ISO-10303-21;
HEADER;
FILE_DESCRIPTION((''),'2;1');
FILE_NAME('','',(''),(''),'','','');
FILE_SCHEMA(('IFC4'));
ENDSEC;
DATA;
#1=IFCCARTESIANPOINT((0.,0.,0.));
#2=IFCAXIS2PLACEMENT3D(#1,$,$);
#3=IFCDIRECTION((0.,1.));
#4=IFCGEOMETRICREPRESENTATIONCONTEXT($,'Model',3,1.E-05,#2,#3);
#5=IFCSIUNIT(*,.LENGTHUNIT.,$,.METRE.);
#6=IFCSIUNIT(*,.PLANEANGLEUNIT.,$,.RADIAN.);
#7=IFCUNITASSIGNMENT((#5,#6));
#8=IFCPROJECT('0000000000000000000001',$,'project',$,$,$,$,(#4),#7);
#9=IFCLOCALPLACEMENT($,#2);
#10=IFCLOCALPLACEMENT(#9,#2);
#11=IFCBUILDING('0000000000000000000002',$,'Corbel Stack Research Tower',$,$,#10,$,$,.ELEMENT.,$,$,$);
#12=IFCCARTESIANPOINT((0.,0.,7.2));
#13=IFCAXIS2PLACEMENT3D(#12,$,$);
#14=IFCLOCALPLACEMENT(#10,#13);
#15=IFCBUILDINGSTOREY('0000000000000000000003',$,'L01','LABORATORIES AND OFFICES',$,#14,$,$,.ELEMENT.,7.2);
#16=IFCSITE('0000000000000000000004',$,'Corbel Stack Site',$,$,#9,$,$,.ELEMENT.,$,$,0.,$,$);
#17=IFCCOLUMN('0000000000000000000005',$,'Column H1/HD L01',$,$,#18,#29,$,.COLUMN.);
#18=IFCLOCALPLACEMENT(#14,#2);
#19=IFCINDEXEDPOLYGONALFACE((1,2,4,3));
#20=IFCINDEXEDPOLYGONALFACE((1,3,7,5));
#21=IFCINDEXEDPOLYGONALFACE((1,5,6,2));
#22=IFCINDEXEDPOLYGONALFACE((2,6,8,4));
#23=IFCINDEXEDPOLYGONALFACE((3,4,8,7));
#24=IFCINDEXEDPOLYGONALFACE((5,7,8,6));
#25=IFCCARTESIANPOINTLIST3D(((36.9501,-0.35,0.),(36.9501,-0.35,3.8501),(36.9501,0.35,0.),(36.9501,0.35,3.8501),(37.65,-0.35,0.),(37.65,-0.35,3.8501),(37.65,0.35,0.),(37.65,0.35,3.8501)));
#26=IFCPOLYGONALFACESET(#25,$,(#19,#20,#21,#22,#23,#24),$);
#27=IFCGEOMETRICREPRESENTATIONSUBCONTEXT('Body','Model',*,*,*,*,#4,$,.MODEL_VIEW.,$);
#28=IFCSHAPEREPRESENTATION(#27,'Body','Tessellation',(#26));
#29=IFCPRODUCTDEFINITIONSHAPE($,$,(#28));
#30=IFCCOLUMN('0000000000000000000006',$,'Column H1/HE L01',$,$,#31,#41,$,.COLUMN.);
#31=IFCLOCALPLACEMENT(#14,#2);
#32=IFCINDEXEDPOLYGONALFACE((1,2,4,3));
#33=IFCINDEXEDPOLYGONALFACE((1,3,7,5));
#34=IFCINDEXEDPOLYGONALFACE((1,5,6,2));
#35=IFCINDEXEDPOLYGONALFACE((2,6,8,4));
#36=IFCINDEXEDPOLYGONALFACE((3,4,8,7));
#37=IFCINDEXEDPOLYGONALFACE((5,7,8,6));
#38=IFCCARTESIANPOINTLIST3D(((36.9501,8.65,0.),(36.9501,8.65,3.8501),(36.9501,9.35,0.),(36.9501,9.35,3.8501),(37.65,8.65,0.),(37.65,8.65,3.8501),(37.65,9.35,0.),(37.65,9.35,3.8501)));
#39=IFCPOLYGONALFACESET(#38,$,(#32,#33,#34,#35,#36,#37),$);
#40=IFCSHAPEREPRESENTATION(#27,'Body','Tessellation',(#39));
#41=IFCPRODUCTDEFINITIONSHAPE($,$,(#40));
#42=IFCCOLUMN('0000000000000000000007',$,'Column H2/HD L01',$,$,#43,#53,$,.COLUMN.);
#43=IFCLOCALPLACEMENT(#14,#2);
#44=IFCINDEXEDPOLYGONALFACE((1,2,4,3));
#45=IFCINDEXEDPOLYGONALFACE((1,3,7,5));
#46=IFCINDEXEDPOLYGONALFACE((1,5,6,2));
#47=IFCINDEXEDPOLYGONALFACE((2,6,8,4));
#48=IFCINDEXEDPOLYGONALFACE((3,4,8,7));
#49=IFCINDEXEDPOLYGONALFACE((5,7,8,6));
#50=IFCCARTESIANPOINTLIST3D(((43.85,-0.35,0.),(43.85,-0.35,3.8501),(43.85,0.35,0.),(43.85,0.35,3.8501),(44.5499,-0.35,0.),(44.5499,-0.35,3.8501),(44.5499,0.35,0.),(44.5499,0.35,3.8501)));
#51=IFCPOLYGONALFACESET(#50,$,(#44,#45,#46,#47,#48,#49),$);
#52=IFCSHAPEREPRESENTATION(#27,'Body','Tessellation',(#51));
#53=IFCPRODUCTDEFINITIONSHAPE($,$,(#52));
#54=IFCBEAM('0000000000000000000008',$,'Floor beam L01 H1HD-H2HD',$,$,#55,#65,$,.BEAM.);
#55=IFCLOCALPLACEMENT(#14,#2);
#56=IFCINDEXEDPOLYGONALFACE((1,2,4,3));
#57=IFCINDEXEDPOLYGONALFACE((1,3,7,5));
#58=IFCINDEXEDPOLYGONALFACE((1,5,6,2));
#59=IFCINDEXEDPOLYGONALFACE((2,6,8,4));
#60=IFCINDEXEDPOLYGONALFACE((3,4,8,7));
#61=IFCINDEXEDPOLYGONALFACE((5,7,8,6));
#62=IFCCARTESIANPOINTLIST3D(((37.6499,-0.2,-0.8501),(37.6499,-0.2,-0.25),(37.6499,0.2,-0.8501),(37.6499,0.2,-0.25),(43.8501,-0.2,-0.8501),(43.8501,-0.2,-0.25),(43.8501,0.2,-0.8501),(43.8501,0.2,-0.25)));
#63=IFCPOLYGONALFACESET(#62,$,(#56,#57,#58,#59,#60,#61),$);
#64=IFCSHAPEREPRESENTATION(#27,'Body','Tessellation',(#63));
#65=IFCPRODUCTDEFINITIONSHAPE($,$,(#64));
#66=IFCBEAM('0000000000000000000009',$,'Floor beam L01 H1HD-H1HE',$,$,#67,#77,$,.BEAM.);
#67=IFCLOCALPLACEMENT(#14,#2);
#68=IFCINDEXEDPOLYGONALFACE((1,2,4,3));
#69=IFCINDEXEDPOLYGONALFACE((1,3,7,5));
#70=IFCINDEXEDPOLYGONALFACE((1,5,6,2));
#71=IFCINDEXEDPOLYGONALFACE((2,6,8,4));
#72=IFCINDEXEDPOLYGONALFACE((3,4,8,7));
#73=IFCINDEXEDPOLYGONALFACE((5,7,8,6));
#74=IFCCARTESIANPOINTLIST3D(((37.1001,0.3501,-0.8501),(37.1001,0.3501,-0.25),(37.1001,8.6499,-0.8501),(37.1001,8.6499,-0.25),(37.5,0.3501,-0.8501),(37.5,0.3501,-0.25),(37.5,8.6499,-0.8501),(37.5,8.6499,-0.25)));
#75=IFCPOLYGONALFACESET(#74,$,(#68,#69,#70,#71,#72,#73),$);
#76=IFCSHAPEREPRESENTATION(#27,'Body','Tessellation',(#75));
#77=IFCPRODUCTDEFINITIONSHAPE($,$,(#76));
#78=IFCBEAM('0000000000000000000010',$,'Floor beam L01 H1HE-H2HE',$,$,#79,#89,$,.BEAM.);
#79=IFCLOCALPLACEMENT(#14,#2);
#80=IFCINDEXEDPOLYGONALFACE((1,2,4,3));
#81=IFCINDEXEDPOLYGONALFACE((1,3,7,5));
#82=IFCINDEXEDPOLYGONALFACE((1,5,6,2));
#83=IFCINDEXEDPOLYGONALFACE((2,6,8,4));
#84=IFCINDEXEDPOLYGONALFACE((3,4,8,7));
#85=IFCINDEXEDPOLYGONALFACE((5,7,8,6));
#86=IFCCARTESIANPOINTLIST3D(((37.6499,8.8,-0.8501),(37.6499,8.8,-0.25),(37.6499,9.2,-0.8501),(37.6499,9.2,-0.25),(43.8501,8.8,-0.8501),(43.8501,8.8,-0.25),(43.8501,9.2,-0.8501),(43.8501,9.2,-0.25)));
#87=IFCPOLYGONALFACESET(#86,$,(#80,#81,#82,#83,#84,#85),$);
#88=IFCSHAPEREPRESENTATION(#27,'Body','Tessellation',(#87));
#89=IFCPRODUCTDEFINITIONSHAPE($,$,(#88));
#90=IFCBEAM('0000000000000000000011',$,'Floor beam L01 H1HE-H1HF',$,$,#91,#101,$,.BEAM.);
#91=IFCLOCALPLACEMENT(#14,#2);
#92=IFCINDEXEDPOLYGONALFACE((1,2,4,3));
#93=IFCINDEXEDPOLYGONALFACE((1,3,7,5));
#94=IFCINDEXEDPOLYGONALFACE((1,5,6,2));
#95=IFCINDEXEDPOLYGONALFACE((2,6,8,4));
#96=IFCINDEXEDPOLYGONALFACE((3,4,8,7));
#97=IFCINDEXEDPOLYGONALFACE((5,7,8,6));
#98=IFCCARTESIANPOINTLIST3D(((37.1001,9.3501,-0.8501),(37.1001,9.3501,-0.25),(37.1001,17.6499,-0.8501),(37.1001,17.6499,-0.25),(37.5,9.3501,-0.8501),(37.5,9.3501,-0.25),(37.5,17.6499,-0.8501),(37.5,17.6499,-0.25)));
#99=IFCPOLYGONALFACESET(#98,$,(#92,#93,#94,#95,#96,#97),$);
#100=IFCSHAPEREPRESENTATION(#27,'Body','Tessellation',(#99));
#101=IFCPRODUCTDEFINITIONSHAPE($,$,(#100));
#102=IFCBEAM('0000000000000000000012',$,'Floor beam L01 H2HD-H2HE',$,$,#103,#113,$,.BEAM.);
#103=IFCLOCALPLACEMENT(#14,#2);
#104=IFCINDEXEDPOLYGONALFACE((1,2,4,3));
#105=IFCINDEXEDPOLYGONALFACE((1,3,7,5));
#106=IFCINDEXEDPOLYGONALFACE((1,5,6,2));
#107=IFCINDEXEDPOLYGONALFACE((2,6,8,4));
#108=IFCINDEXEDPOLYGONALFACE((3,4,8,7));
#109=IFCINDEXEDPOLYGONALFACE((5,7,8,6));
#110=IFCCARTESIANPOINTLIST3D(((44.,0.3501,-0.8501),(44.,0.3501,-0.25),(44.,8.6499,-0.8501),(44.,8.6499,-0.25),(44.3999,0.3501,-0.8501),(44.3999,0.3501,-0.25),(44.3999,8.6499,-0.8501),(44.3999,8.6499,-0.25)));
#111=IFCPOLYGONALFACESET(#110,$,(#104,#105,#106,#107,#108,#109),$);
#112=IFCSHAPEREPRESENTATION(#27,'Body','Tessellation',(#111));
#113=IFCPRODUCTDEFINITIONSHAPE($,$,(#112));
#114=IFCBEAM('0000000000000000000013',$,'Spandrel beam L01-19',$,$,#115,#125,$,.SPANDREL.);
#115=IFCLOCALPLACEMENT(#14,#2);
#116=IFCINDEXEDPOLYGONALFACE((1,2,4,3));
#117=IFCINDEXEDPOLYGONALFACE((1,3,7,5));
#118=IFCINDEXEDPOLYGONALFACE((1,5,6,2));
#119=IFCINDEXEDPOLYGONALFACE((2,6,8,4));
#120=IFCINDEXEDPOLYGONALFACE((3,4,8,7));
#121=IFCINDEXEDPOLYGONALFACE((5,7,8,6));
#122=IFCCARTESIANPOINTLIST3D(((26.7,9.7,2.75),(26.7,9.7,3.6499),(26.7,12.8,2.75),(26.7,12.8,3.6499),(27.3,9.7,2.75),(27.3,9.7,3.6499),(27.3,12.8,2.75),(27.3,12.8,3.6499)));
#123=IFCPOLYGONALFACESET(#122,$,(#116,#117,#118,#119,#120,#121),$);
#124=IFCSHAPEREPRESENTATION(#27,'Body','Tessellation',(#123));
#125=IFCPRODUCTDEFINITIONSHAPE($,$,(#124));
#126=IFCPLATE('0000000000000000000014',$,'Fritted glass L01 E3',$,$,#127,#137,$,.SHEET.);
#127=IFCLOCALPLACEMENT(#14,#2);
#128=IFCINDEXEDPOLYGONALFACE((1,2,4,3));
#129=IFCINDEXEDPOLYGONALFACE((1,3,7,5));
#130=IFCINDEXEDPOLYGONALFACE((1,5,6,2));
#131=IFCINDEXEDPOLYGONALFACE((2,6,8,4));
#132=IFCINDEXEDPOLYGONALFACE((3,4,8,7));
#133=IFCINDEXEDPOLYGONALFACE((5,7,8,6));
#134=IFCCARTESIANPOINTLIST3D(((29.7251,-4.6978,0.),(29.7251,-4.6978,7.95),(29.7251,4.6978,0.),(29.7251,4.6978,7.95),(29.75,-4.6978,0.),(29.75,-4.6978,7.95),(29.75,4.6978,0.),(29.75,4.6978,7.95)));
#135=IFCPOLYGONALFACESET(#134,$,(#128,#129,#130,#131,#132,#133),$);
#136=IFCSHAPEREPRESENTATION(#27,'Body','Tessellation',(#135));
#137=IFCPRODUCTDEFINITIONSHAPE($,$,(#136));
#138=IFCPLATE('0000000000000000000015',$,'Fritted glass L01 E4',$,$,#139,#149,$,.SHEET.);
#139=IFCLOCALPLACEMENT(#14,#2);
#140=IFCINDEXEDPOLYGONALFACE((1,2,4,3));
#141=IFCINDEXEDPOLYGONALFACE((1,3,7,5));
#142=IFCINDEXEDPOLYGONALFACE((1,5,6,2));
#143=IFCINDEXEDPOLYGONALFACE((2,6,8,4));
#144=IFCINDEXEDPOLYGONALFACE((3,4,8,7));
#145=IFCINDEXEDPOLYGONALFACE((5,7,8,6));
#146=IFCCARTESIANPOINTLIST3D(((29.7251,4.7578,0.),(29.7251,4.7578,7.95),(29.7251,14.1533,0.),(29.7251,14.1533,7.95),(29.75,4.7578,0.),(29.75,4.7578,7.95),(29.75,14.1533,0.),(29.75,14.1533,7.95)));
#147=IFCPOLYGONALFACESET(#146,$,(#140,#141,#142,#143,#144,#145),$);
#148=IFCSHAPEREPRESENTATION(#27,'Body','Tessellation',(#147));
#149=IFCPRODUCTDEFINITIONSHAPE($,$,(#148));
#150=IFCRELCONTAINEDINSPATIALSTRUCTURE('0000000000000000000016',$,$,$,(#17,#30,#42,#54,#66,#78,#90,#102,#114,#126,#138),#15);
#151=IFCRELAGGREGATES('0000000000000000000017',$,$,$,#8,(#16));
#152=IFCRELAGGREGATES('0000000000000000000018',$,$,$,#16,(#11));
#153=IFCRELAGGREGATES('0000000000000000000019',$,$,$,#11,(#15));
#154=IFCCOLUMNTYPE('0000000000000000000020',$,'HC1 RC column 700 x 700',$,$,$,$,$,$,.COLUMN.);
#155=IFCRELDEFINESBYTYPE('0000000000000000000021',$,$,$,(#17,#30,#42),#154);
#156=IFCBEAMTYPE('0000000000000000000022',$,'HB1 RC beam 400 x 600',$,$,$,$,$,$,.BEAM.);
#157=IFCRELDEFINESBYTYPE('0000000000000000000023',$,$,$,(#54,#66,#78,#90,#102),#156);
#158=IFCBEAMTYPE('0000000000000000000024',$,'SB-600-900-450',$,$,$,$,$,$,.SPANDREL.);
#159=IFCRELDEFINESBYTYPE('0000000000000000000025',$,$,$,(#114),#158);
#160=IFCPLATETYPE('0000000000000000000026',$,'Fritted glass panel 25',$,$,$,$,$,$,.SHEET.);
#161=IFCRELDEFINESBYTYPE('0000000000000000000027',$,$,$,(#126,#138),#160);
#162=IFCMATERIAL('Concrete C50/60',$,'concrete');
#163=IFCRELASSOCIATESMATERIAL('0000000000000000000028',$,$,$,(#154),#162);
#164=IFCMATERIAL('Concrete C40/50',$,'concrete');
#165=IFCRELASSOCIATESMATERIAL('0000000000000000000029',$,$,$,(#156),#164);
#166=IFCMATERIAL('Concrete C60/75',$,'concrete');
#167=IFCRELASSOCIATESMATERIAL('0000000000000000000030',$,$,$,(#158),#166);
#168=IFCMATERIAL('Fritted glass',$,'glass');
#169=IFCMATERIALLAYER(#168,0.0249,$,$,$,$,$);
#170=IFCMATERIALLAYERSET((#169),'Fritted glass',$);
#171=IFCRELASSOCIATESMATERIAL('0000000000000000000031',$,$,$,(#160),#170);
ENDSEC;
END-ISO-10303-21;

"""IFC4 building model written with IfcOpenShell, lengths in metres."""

from ifc_helpers import new_model, si_unit, direction, frame, origin, origin_2d, place, context, subcontext, project, spatial, rectangle, extrude, material, layer, layer_set, material_profile, profile_set, type_object, element, save


model = new_model("IFC4")

# Units and contexts
model_context = context("Model", 3, precision=1e-05, world=origin(), true_north=direction((0.0, 1.0)))
body_context = subcontext(model_context, "Body", "Model", "MODEL_VIEW")
ifc_project = project(units=[si_unit("LENGTHUNIT", "METRE"), si_unit("PLANEANGLEUNIT", "RADIAN")], contexts=[model_context])

# Site, building, storey
site_placement = place(None, origin())
site = spatial("IfcSite", under=ifc_project, at=site_placement, Name="Corbel Stack Site", CompositionType="ELEMENT", RefElevation=0.0)
building_placement = place(site_placement, origin())
building = spatial("IfcBuilding", under=site, at=building_placement, Name="Corbel Stack Research Tower", CompositionType="ELEMENT")
storey_placement = place(building_placement, frame((0.0, 0.0, 7.2)))
storey = spatial("IfcBuildingStorey", under=building, at=storey_placement, Name="L01", Description="LABORATORIES AND OFFICES", CompositionType="ELEMENT", Elevation=7.2)

# Columns
ifc_material_1 = material(Name="Concrete C50/60", Category="concrete")
ifc_material_profile_1 = material_profile(ifc_material_1, rectangle(XDim=0.7, YDim=0.7, at=origin_2d()), Name="RC 700 x 700")
ifc_profile_set_1 = profile_set([ifc_material_profile_1], Name="Concrete C50/60")
column_type = type_object("IfcColumnType", Name="HC1 RC column 700 x 700", PredefinedType="COLUMN", material=ifc_profile_set_1)
for number, where, z_axis, x_axis, name in (
    (1, (37.3, 0.0, 0.0), (0.0, 0.0, 1.0), (1.0, 0.0, 0.0), "Column H1/HD L01"),
    (2, (37.3, 9.0, 0.0), (0.0, 0.0, 1.0), (1.0, 0.0, 0.0), "Column H1/HE L01"),
    (3, (44.2, 0.0, 0.0), (0.0, 0.0, 1.0), (1.0, 0.0, 0.0), "Column H2/HD L01"),
):
    element("IfcColumn", number, at=place(storey_placement, frame(where, z_axis=z_axis, x_axis=x_axis)), inside=storey, type_object=column_type, Name=name, PredefinedType="COLUMN", context=body_context, shape_type="SweptSolid", body=[
        extrude(rectangle(XDim=0.7, YDim=0.7, at=origin_2d()), origin(), (0.0, 0.0, 1.0), 3.8501),
    ])

# Beams
ifc_material_2 = material(Name="Concrete C40/50", Category="concrete")
ifc_material_profile_2 = material_profile(ifc_material_2, rectangle(XDim=0.3999, YDim=0.6001, at=origin_2d()), Name="RC 400 x 600")
ifc_profile_set_2 = profile_set([ifc_material_profile_2], Name="Concrete C40/50")
beam_type_1 = type_object("IfcBeamType", Name="HB1 RC beam 400 x 600", PredefinedType="BEAM", material=ifc_profile_set_2)
beam_1_placement = place(storey_placement, frame((37.6499, 0.0, -0.55), z_axis=(1.0, 0.0, 0.0), x_axis=(0.0, 1.0, 0.0)))
element("IfcBeam", 4, at=beam_1_placement, inside=storey, type_object=beam_type_1, Name="Floor beam L01 H1HD-H2HD", PredefinedType="BEAM", context=body_context, shape_type="SweptSolid", body=[
    extrude(rectangle(XDim=0.3999, YDim=0.6001, at=origin_2d()), origin(), (0.0, 0.0, 1.0), 6.2002),
])
beam_2_placement = place(storey_placement, frame((37.3, 0.3501, -0.55), z_axis=(0.0, 1.0, 0.0), x_axis=(-1.0, 0.0, 0.0)))
element("IfcBeam", 5, at=beam_2_placement, inside=storey, type_object=beam_type_1, Name="Floor beam L01 H1HD-H1HE", PredefinedType="BEAM", context=body_context, shape_type="SweptSolid", body=[
    extrude(rectangle(XDim=0.3999, YDim=0.6001, at=origin_2d()), origin(), (0.0, 0.0, 1.0), 8.2998),
])
beam_3_placement = place(storey_placement, frame((37.6499, 9.0, -0.55), z_axis=(1.0, 0.0, 0.0), x_axis=(0.0, 1.0, 0.0)))
element("IfcBeam", 6, at=beam_3_placement, inside=storey, type_object=beam_type_1, Name="Floor beam L01 H1HE-H2HE", PredefinedType="BEAM", context=body_context, shape_type="SweptSolid", body=[
    extrude(rectangle(XDim=0.3999, YDim=0.6001, at=origin_2d()), origin(), (0.0, 0.0, 1.0), 6.2002),
])
for number, where, z_axis, x_axis, name in (
    (7, (37.3, 9.3501, -0.55), (0.0, 1.0, 0.0), (-1.0, 0.0, 0.0), "Floor beam L01 H1HE-H1HF"),
    (8, (44.2, 0.3501, -0.55), (0.0, 1.0, 0.0), (-1.0, 0.0, 0.0), "Floor beam L01 H2HD-H2HE"),
):
    element("IfcBeam", number, at=place(storey_placement, frame(where, z_axis=z_axis, x_axis=x_axis)), inside=storey, type_object=beam_type_1, Name=name, PredefinedType="BEAM", context=body_context, shape_type="SweptSolid", body=[
        extrude(rectangle(XDim=0.3999, YDim=0.6001, at=origin_2d()), origin(), (0.0, 0.0, 1.0), 8.2998),
    ])
ifc_material_3 = material(Name="Concrete C60/75", Category="concrete")
ifc_material_profile_3 = material_profile(ifc_material_3, rectangle(XDim=0.6001, YDim=0.8999, at=origin_2d()), Name="RC 600 x 900")
ifc_profile_set_3 = profile_set([ifc_material_profile_3], Name="Concrete C60/75")
beam_type_2 = type_object("IfcBeamType", Name="SB-600-900-450", PredefinedType="SPANDREL", material=ifc_profile_set_3)
beam_4_placement = place(storey_placement, frame((27.0, 9.7, 3.2), z_axis=(0.0, 1.0, 0.0), x_axis=(-1.0, 0.0, 0.0)))
element("IfcBeam", 9, at=beam_4_placement, inside=storey, type_object=beam_type_2, Name="Spandrel beam L01-19", PredefinedType="SPANDREL", context=body_context, shape_type="SweptSolid", body=[
    extrude(rectangle(XDim=0.6001, YDim=0.8999, at=origin_2d()), origin(), (0.0, 0.0, 1.0), 3.1001),
])

# Plates
ifc_material_4 = material(Name="Fritted glass", Category="glass")
ifc_layer_1 = layer(ifc_material_4, 0.0249)
ifc_layer_set_1 = layer_set([ifc_layer_1], Name="Fritted glass")
plate_type = type_object("IfcPlateType", Name="Fritted glass panel 25", PredefinedType="SHEET", material=ifc_layer_set_1)
for number, where, z_axis, x_axis, name in (
    (10, (29.7375, 0.0, 0.0), (0.0, 0.0, 1.0), (0.0, 1.0, 0.0), "Fritted glass L01 E3"),
    (11, (29.7375, 9.4556, 0.0), (0.0, 0.0, 1.0), (0.0, 1.0, 0.0), "Fritted glass L01 E4"),
):
    element("IfcPlate", number, at=place(storey_placement, frame(where, z_axis=z_axis, x_axis=x_axis)), inside=storey, type_object=plate_type, Name=name, PredefinedType="SHEET", context=body_context, shape_type="SweptSolid", body=[
        extrude(rectangle(XDim=9.3955, YDim=0.0249, at=origin_2d()), origin(), (0.0, 0.0, 1.0), 7.95),
    ])

save(model, "model.ifc")
